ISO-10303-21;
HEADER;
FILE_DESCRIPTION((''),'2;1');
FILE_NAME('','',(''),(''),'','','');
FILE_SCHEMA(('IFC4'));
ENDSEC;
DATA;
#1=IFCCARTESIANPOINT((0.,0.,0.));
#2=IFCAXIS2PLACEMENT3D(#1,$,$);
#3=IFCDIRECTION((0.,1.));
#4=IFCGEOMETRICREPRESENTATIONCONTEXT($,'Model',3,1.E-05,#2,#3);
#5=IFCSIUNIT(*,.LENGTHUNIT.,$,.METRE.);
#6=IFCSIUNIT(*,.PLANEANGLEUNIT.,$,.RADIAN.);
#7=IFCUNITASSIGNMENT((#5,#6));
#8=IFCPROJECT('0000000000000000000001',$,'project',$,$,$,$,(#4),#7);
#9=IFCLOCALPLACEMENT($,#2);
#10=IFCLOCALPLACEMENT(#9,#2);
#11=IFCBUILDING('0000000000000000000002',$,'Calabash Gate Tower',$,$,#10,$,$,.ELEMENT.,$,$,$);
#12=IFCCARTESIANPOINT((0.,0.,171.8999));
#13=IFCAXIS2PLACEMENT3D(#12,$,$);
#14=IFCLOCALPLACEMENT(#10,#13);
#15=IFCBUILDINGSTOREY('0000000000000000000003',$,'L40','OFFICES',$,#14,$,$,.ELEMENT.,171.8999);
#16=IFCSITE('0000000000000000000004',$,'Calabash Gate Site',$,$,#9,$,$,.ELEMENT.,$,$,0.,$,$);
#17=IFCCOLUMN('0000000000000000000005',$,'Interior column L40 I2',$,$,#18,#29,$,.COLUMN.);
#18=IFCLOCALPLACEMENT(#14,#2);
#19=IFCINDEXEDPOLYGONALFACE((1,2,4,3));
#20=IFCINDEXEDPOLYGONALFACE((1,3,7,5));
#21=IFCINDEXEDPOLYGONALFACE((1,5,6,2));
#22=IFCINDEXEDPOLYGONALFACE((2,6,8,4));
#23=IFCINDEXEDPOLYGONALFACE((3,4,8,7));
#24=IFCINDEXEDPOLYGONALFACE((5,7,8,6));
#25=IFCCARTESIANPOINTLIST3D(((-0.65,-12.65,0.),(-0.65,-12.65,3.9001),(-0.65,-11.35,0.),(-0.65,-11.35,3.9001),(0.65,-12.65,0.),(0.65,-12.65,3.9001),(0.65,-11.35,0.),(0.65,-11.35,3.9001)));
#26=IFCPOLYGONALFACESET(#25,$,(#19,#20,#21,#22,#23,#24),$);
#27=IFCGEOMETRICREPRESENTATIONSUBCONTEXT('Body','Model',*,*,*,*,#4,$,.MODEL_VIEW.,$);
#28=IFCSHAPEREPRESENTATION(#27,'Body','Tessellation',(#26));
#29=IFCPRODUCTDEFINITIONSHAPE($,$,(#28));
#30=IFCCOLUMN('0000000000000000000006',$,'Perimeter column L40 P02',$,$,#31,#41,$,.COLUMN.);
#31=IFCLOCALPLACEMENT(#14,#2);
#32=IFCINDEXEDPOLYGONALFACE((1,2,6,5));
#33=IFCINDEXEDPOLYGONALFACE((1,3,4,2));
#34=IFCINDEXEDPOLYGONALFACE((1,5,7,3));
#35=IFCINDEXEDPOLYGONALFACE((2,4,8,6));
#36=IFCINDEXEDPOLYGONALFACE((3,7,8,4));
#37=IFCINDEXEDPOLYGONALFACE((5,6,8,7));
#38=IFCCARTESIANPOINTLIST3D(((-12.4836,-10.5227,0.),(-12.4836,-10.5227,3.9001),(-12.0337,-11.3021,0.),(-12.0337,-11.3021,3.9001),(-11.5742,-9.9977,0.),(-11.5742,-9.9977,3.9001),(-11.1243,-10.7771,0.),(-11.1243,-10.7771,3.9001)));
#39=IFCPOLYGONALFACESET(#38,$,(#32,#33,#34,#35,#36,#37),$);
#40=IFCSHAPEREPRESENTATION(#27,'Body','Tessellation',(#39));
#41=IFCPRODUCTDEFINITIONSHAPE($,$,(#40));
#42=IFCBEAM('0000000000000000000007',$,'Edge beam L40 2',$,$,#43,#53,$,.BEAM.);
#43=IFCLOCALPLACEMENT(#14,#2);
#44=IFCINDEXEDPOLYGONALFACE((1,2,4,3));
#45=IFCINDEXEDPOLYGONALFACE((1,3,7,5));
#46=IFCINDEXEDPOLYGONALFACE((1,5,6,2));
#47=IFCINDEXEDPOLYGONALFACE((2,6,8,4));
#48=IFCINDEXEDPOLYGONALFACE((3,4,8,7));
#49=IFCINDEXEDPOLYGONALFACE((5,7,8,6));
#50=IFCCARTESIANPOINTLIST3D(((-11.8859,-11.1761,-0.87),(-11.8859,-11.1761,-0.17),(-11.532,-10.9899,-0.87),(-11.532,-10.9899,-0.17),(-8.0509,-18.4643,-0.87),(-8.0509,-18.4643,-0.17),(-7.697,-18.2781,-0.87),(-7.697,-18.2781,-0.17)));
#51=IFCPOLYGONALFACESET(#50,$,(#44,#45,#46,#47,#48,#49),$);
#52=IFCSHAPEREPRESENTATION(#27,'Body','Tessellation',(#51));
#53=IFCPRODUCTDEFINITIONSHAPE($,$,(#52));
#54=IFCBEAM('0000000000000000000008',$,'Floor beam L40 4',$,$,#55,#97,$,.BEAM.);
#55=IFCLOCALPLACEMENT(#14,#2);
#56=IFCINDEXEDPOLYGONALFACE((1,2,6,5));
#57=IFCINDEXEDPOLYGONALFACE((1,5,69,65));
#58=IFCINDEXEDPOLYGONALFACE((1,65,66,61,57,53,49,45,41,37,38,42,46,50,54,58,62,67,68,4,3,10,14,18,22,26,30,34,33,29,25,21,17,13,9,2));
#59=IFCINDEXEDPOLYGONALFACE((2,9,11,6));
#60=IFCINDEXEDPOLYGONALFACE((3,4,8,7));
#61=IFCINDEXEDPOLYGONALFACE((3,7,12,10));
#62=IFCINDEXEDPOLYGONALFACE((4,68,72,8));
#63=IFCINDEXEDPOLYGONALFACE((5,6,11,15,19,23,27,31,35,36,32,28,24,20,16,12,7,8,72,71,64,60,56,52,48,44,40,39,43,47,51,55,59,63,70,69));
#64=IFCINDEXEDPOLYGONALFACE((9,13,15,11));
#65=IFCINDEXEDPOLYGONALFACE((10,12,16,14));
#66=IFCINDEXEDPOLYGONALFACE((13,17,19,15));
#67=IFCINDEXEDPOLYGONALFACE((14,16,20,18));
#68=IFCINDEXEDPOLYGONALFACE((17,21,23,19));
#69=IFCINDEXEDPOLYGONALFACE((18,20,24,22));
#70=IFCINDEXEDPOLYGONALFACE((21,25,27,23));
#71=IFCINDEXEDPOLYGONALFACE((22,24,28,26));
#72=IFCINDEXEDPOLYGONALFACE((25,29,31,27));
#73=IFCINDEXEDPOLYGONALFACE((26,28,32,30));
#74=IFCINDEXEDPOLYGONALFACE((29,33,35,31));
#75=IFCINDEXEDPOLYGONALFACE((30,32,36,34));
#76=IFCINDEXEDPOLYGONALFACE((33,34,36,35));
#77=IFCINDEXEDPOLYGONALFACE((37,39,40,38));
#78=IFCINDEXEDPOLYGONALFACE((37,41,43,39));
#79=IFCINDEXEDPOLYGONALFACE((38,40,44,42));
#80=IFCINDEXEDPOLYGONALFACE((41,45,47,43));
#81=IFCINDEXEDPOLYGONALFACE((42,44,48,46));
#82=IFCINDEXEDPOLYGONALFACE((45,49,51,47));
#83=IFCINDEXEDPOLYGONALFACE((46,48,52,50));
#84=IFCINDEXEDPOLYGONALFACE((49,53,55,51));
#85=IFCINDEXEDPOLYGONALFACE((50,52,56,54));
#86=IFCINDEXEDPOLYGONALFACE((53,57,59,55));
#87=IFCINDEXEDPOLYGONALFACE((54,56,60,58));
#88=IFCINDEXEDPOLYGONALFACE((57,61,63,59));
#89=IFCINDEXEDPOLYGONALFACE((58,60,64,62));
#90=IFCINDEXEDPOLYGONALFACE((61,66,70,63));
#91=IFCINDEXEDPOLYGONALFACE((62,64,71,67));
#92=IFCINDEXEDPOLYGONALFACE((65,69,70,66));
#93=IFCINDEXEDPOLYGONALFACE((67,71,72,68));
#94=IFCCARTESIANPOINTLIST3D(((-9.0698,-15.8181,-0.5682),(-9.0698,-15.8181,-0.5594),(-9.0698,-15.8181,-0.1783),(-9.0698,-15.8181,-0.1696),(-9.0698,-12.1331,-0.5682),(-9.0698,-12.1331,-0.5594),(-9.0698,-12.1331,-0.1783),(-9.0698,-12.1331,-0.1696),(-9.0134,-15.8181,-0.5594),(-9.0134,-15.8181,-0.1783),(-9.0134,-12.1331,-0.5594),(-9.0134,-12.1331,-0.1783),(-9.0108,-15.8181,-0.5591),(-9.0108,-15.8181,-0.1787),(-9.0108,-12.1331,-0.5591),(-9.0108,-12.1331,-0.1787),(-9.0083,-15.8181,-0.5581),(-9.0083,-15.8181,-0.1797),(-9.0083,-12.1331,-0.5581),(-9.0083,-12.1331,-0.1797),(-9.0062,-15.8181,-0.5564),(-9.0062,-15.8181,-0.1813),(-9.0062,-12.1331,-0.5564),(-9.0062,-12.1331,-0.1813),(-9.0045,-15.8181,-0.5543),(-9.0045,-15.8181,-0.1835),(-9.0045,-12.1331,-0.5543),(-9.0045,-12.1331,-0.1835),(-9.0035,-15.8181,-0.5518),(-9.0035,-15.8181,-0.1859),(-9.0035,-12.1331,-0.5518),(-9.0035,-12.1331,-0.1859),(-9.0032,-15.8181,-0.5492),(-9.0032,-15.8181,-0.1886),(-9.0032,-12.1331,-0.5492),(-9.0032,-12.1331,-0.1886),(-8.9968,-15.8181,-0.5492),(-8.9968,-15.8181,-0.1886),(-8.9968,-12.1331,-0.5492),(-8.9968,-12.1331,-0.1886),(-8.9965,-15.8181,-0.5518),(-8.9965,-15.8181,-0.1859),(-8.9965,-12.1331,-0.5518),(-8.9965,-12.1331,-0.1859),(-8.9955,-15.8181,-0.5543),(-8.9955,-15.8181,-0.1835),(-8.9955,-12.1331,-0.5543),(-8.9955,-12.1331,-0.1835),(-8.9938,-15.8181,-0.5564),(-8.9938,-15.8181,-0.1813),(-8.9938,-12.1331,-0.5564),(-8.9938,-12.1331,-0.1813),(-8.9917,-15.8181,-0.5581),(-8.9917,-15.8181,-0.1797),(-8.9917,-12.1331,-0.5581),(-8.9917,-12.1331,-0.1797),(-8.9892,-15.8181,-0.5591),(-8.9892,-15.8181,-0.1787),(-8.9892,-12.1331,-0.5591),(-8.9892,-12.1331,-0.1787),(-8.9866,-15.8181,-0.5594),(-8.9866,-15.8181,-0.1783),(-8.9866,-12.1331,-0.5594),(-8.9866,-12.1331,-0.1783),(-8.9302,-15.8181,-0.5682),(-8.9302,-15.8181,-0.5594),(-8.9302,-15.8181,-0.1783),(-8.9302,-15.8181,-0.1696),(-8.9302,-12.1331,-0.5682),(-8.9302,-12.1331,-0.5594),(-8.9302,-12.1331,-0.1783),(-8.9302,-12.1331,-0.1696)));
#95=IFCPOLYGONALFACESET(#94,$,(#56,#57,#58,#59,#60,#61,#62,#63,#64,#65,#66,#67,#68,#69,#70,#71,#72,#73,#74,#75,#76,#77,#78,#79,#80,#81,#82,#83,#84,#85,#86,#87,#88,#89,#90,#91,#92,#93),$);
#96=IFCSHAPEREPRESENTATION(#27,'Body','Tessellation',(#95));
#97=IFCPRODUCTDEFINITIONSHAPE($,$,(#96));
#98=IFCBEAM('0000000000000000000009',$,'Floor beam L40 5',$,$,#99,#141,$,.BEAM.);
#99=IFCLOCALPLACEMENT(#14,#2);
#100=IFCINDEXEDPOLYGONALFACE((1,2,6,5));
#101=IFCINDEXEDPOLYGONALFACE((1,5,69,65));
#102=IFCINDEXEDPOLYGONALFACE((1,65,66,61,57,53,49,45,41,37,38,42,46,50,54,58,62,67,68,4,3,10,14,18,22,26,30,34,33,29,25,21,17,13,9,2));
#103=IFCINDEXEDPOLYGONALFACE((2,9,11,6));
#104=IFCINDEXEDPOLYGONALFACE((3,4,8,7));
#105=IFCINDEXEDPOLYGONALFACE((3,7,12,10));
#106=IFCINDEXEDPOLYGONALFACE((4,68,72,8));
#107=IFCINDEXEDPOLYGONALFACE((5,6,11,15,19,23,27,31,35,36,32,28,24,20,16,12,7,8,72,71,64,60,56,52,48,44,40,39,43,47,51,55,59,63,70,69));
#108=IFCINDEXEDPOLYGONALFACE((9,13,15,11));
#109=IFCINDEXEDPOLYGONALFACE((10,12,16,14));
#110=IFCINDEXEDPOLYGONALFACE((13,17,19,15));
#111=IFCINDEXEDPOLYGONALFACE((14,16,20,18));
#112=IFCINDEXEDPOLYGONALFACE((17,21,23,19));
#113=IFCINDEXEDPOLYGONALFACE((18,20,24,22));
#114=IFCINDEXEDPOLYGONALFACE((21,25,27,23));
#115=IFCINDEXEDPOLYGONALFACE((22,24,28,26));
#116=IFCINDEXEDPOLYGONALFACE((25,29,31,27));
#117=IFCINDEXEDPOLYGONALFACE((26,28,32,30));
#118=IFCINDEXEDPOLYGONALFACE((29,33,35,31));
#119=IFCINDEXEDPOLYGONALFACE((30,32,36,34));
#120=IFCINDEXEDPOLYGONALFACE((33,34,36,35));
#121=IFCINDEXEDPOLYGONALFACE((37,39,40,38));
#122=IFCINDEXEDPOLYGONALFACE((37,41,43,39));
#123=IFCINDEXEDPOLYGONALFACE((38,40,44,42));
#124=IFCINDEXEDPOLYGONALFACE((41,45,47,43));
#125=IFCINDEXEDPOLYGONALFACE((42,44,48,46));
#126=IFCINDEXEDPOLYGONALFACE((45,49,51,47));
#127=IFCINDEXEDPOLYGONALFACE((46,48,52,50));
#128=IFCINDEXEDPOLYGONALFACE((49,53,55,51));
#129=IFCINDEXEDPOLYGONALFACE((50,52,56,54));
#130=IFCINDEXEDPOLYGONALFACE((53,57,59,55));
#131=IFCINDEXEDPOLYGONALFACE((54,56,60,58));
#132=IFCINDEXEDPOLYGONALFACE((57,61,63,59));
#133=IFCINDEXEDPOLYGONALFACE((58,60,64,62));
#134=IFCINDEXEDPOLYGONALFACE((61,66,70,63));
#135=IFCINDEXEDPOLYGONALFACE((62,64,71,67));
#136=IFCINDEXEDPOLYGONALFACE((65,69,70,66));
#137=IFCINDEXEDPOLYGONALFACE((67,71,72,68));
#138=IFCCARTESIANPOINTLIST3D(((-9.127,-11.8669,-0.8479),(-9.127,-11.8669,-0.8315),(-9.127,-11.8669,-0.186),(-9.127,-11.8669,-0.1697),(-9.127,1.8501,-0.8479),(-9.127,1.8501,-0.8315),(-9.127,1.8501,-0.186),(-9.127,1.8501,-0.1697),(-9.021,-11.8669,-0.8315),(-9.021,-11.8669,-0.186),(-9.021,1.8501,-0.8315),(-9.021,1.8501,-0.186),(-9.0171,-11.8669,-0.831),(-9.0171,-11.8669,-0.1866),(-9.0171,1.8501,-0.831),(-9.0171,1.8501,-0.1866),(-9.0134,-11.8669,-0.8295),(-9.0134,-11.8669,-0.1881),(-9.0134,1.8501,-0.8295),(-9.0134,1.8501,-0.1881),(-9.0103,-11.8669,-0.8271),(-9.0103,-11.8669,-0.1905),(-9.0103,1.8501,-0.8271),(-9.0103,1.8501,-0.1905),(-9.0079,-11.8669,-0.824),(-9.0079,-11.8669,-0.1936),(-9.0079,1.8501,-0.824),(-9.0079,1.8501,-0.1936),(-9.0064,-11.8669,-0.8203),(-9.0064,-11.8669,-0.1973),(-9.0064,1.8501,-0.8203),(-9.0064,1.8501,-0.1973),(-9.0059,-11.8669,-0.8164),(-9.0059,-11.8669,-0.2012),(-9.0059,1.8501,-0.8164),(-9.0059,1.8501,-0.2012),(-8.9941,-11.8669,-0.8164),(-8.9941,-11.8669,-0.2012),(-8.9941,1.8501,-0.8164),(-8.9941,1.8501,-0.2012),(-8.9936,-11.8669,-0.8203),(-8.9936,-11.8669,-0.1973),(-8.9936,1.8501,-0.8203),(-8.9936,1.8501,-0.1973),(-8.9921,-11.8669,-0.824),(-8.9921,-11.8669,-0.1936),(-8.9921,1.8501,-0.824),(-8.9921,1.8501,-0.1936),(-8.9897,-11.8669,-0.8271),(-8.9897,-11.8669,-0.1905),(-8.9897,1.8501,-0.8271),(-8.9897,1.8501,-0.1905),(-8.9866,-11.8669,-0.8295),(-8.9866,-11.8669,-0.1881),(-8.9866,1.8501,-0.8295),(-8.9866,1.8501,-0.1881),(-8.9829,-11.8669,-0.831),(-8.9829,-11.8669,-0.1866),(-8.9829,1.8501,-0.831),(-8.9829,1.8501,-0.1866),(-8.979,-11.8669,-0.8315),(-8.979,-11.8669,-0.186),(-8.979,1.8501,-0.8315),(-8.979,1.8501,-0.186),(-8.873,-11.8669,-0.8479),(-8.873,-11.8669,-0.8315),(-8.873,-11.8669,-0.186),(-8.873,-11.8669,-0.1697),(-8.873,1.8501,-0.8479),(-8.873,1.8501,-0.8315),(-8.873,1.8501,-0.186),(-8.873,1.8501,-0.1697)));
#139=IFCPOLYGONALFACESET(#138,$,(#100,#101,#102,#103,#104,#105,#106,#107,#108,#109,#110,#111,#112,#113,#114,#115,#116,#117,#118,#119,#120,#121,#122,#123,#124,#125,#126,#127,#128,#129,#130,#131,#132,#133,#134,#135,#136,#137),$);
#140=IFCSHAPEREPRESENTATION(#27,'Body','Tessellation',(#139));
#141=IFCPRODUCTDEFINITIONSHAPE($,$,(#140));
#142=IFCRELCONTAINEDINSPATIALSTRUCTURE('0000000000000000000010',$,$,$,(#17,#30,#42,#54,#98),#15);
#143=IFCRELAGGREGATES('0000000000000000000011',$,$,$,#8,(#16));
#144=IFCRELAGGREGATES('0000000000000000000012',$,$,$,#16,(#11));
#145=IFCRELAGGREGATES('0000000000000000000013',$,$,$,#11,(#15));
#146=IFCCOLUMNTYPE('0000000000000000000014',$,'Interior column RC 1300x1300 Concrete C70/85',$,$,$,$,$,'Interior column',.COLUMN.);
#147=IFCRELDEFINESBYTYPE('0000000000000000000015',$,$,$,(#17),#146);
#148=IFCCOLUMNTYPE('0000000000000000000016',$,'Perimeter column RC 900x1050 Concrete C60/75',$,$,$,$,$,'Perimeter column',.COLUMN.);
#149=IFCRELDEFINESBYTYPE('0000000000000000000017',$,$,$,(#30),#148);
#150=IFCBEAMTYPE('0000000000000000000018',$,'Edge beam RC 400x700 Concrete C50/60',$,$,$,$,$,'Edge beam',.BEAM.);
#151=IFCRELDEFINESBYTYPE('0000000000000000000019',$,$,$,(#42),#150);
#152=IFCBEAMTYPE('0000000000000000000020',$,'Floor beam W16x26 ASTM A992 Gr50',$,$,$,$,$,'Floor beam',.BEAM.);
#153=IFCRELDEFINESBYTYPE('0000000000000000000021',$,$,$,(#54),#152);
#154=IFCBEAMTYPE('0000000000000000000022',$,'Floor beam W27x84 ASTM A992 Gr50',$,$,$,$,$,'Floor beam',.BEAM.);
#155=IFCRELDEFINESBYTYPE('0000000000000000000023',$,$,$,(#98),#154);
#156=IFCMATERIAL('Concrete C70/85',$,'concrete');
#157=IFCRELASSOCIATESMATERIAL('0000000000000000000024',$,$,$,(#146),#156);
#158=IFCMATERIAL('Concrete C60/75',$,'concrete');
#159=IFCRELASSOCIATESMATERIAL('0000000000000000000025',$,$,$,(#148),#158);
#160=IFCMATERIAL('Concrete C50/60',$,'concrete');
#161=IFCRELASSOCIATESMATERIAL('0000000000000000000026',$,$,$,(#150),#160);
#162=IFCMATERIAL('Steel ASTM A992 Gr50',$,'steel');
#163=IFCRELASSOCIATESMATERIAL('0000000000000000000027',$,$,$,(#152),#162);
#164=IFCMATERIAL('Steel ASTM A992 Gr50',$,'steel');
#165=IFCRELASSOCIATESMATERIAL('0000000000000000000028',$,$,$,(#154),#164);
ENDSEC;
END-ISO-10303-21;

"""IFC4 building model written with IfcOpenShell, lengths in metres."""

from ifc_helpers import new_model, si_unit, direction, frame, origin, origin_2d, place, context, subcontext, project, spatial, rectangle, i_section, extrude, material, material_profile, profile_set, type_object, element, save


model = new_model("IFC4")

# Units and contexts
model_context = context("Model", 3, precision=1e-05, world=origin(), true_north=direction((0.0, 1.0)))
body_context = subcontext(model_context, "Body", "Model", "MODEL_VIEW")
ifc_project = project(units=[si_unit("LENGTHUNIT", "METRE"), si_unit("PLANEANGLEUNIT", "RADIAN")], contexts=[model_context])

# Site, building, storey
site_placement = place(None, origin())
site = spatial("IfcSite", under=ifc_project, at=site_placement, Name="Calabash Gate Site", CompositionType="ELEMENT", RefElevation=0.0)
building_placement = place(site_placement, origin())
building = spatial("IfcBuilding", under=site, at=building_placement, Name="Calabash Gate Tower", CompositionType="ELEMENT")
storey_placement = place(building_placement, frame((0.0, 0.0, 171.8999)))
storey = spatial("IfcBuildingStorey", under=building, at=storey_placement, Name="L40", Description="OFFICES", CompositionType="ELEMENT", Elevation=171.8999)

# Columns
ifc_material_1 = material(Name="Concrete C70/85", Category="concrete")
ifc_material_profile_1 = material_profile(ifc_material_1, rectangle(XDim=1.3, YDim=1.3, at=origin_2d()))
ifc_profile_set_1 = profile_set([ifc_material_profile_1], Name="Concrete C70/85")
column_type_1 = type_object("IfcColumnType", Name="Interior column RC 1300x1300 Concrete C70/85", ElementType="Interior column", PredefinedType="COLUMN", material=ifc_profile_set_1)
column_1_placement = place(storey_placement, frame((0.0, -12.0, 0.0), z_axis=(0.0, 0.0, 1.0), x_axis=(1.0, 0.0, 0.0)))
element("IfcColumn", 1, at=column_1_placement, inside=storey, type_object=column_type_1, Name="Interior column L40 I2", PredefinedType="COLUMN", context=body_context, shape_type="SweptSolid", body=[
    extrude(rectangle(XDim=1.3, YDim=1.3, at=origin_2d()), origin(), (0.0, 0.0, 1.0), 3.9001),
])
ifc_material_2 = material(Name="Concrete C60/75", Category="concrete")
ifc_material_profile_2 = material_profile(ifc_material_2, rectangle(XDim=0.8999, YDim=1.05, at=origin_2d()))
ifc_profile_set_2 = profile_set([ifc_material_profile_2], Name="Concrete C60/75")
column_type_2 = type_object("IfcColumnType", Name="Perimeter column RC 900x1050 Concrete C60/75", ElementType="Perimeter column", PredefinedType="COLUMN", material=ifc_profile_set_2)
column_2_placement = place(storey_placement, frame((-11.804, -10.6499, 0.0), z_axis=(0.0, 0.0, 1.0), x_axis=(0.5, -0.866025, 0.0)))
element("IfcColumn", 2, at=column_2_placement, inside=storey, type_object=column_type_2, Name="Perimeter column L40 P02", PredefinedType="COLUMN", context=body_context, shape_type="SweptSolid", body=[
    extrude(rectangle(XDim=0.8999, YDim=1.05, at=origin_2d()), origin(), (0.0, 0.0, 1.0), 3.9001),
])

# Beams
ifc_material_3 = material(Name="Concrete C50/60", Category="concrete")
ifc_material_profile_3 = material_profile(ifc_material_3, rectangle(XDim=0.3999, YDim=0.7, at=origin_2d()))
ifc_profile_set_3 = profile_set([ifc_material_profile_3], Name="Concrete C50/60")
beam_type_1 = type_object("IfcBeamType", Name="Edge beam RC 400x700 Concrete C50/60", ElementType="Edge beam", PredefinedType="BEAM", material=ifc_profile_set_3)
beam_1_placement = place(storey_placement, frame((-11.709, -11.083, -0.52), z_axis=(0.465663, -0.884962, 0.0), x_axis=(0.884962, 0.465663, 0.0)))
element("IfcBeam", 3, at=beam_1_placement, inside=storey, type_object=beam_type_1, Name="Edge beam L40 2", PredefinedType="BEAM", context=body_context, shape_type="SweptSolid", body=[
    extrude(rectangle(XDim=0.3999, YDim=0.7, at=origin_2d()), origin(), (0.0, 0.0, 1.0), 8.2356),
])
ifc_material_4 = material(Name="Steel ASTM A992 Gr50", Category="steel")
ifc_material_profile_4 = material_profile(ifc_material_4, i_section(OverallWidth=0.1396, OverallDepth=0.3987, WebThickness=0.0063, FlangeThickness=0.0088, FilletRadius=0.0103, at=origin_2d()))
ifc_profile_set_4 = profile_set([ifc_material_profile_4], Name="Steel ASTM A992 Gr50")
beam_type_2 = type_object("IfcBeamType", Name="Floor beam W16x26 ASTM A992 Gr50", ElementType="Floor beam", PredefinedType="BEAM", material=ifc_profile_set_4)
beam_2_placement = place(storey_placement, frame((-9.0, -15.8181, -0.3689), z_axis=(0.0, 1.0, 0.0), x_axis=(-1.0, 0.0, 0.0)))
element("IfcBeam", 4, at=beam_2_placement, inside=storey, type_object=beam_type_2, Name="Floor beam L40 4", PredefinedType="BEAM", context=body_context, shape_type="SweptSolid", body=[
    extrude(i_section(OverallWidth=0.1396, OverallDepth=0.3987, WebThickness=0.0063, FlangeThickness=0.0088, FilletRadius=0.0103, at=origin_2d()), origin(), (0.0, 0.0, 1.0), 3.6851),
])
ifc_material_5 = material(Name="Steel ASTM A992 Gr50", Category="steel")
ifc_material_profile_5 = material_profile(ifc_material_5, i_section(OverallWidth=0.2539, OverallDepth=0.6782, WebThickness=0.0117, FlangeThickness=0.0164, FilletRadius=0.0151, at=origin_2d()))
ifc_profile_set_5 = profile_set([ifc_material_profile_5], Name="Steel ASTM A992 Gr50")
beam_type_3 = type_object("IfcBeamType", Name="Floor beam W27x84 ASTM A992 Gr50", ElementType="Floor beam", PredefinedType="BEAM", material=ifc_profile_set_5)
beam_3_placement = place(storey_placement, frame((-9.0, -11.8669, -0.5088), z_axis=(0.0, 1.0, 0.0), x_axis=(-1.0, 0.0, 0.0)))
element("IfcBeam", 5, at=beam_3_placement, inside=storey, type_object=beam_type_3, Name="Floor beam L40 5", PredefinedType="BEAM", context=body_context, shape_type="SweptSolid", body=[
    extrude(i_section(OverallWidth=0.2539, OverallDepth=0.6782, WebThickness=0.0117, FlangeThickness=0.0164, FilletRadius=0.0151, at=origin_2d()), origin(), (0.0, 0.0, 1.0), 13.717),
])

save(model, "model.ifc")
